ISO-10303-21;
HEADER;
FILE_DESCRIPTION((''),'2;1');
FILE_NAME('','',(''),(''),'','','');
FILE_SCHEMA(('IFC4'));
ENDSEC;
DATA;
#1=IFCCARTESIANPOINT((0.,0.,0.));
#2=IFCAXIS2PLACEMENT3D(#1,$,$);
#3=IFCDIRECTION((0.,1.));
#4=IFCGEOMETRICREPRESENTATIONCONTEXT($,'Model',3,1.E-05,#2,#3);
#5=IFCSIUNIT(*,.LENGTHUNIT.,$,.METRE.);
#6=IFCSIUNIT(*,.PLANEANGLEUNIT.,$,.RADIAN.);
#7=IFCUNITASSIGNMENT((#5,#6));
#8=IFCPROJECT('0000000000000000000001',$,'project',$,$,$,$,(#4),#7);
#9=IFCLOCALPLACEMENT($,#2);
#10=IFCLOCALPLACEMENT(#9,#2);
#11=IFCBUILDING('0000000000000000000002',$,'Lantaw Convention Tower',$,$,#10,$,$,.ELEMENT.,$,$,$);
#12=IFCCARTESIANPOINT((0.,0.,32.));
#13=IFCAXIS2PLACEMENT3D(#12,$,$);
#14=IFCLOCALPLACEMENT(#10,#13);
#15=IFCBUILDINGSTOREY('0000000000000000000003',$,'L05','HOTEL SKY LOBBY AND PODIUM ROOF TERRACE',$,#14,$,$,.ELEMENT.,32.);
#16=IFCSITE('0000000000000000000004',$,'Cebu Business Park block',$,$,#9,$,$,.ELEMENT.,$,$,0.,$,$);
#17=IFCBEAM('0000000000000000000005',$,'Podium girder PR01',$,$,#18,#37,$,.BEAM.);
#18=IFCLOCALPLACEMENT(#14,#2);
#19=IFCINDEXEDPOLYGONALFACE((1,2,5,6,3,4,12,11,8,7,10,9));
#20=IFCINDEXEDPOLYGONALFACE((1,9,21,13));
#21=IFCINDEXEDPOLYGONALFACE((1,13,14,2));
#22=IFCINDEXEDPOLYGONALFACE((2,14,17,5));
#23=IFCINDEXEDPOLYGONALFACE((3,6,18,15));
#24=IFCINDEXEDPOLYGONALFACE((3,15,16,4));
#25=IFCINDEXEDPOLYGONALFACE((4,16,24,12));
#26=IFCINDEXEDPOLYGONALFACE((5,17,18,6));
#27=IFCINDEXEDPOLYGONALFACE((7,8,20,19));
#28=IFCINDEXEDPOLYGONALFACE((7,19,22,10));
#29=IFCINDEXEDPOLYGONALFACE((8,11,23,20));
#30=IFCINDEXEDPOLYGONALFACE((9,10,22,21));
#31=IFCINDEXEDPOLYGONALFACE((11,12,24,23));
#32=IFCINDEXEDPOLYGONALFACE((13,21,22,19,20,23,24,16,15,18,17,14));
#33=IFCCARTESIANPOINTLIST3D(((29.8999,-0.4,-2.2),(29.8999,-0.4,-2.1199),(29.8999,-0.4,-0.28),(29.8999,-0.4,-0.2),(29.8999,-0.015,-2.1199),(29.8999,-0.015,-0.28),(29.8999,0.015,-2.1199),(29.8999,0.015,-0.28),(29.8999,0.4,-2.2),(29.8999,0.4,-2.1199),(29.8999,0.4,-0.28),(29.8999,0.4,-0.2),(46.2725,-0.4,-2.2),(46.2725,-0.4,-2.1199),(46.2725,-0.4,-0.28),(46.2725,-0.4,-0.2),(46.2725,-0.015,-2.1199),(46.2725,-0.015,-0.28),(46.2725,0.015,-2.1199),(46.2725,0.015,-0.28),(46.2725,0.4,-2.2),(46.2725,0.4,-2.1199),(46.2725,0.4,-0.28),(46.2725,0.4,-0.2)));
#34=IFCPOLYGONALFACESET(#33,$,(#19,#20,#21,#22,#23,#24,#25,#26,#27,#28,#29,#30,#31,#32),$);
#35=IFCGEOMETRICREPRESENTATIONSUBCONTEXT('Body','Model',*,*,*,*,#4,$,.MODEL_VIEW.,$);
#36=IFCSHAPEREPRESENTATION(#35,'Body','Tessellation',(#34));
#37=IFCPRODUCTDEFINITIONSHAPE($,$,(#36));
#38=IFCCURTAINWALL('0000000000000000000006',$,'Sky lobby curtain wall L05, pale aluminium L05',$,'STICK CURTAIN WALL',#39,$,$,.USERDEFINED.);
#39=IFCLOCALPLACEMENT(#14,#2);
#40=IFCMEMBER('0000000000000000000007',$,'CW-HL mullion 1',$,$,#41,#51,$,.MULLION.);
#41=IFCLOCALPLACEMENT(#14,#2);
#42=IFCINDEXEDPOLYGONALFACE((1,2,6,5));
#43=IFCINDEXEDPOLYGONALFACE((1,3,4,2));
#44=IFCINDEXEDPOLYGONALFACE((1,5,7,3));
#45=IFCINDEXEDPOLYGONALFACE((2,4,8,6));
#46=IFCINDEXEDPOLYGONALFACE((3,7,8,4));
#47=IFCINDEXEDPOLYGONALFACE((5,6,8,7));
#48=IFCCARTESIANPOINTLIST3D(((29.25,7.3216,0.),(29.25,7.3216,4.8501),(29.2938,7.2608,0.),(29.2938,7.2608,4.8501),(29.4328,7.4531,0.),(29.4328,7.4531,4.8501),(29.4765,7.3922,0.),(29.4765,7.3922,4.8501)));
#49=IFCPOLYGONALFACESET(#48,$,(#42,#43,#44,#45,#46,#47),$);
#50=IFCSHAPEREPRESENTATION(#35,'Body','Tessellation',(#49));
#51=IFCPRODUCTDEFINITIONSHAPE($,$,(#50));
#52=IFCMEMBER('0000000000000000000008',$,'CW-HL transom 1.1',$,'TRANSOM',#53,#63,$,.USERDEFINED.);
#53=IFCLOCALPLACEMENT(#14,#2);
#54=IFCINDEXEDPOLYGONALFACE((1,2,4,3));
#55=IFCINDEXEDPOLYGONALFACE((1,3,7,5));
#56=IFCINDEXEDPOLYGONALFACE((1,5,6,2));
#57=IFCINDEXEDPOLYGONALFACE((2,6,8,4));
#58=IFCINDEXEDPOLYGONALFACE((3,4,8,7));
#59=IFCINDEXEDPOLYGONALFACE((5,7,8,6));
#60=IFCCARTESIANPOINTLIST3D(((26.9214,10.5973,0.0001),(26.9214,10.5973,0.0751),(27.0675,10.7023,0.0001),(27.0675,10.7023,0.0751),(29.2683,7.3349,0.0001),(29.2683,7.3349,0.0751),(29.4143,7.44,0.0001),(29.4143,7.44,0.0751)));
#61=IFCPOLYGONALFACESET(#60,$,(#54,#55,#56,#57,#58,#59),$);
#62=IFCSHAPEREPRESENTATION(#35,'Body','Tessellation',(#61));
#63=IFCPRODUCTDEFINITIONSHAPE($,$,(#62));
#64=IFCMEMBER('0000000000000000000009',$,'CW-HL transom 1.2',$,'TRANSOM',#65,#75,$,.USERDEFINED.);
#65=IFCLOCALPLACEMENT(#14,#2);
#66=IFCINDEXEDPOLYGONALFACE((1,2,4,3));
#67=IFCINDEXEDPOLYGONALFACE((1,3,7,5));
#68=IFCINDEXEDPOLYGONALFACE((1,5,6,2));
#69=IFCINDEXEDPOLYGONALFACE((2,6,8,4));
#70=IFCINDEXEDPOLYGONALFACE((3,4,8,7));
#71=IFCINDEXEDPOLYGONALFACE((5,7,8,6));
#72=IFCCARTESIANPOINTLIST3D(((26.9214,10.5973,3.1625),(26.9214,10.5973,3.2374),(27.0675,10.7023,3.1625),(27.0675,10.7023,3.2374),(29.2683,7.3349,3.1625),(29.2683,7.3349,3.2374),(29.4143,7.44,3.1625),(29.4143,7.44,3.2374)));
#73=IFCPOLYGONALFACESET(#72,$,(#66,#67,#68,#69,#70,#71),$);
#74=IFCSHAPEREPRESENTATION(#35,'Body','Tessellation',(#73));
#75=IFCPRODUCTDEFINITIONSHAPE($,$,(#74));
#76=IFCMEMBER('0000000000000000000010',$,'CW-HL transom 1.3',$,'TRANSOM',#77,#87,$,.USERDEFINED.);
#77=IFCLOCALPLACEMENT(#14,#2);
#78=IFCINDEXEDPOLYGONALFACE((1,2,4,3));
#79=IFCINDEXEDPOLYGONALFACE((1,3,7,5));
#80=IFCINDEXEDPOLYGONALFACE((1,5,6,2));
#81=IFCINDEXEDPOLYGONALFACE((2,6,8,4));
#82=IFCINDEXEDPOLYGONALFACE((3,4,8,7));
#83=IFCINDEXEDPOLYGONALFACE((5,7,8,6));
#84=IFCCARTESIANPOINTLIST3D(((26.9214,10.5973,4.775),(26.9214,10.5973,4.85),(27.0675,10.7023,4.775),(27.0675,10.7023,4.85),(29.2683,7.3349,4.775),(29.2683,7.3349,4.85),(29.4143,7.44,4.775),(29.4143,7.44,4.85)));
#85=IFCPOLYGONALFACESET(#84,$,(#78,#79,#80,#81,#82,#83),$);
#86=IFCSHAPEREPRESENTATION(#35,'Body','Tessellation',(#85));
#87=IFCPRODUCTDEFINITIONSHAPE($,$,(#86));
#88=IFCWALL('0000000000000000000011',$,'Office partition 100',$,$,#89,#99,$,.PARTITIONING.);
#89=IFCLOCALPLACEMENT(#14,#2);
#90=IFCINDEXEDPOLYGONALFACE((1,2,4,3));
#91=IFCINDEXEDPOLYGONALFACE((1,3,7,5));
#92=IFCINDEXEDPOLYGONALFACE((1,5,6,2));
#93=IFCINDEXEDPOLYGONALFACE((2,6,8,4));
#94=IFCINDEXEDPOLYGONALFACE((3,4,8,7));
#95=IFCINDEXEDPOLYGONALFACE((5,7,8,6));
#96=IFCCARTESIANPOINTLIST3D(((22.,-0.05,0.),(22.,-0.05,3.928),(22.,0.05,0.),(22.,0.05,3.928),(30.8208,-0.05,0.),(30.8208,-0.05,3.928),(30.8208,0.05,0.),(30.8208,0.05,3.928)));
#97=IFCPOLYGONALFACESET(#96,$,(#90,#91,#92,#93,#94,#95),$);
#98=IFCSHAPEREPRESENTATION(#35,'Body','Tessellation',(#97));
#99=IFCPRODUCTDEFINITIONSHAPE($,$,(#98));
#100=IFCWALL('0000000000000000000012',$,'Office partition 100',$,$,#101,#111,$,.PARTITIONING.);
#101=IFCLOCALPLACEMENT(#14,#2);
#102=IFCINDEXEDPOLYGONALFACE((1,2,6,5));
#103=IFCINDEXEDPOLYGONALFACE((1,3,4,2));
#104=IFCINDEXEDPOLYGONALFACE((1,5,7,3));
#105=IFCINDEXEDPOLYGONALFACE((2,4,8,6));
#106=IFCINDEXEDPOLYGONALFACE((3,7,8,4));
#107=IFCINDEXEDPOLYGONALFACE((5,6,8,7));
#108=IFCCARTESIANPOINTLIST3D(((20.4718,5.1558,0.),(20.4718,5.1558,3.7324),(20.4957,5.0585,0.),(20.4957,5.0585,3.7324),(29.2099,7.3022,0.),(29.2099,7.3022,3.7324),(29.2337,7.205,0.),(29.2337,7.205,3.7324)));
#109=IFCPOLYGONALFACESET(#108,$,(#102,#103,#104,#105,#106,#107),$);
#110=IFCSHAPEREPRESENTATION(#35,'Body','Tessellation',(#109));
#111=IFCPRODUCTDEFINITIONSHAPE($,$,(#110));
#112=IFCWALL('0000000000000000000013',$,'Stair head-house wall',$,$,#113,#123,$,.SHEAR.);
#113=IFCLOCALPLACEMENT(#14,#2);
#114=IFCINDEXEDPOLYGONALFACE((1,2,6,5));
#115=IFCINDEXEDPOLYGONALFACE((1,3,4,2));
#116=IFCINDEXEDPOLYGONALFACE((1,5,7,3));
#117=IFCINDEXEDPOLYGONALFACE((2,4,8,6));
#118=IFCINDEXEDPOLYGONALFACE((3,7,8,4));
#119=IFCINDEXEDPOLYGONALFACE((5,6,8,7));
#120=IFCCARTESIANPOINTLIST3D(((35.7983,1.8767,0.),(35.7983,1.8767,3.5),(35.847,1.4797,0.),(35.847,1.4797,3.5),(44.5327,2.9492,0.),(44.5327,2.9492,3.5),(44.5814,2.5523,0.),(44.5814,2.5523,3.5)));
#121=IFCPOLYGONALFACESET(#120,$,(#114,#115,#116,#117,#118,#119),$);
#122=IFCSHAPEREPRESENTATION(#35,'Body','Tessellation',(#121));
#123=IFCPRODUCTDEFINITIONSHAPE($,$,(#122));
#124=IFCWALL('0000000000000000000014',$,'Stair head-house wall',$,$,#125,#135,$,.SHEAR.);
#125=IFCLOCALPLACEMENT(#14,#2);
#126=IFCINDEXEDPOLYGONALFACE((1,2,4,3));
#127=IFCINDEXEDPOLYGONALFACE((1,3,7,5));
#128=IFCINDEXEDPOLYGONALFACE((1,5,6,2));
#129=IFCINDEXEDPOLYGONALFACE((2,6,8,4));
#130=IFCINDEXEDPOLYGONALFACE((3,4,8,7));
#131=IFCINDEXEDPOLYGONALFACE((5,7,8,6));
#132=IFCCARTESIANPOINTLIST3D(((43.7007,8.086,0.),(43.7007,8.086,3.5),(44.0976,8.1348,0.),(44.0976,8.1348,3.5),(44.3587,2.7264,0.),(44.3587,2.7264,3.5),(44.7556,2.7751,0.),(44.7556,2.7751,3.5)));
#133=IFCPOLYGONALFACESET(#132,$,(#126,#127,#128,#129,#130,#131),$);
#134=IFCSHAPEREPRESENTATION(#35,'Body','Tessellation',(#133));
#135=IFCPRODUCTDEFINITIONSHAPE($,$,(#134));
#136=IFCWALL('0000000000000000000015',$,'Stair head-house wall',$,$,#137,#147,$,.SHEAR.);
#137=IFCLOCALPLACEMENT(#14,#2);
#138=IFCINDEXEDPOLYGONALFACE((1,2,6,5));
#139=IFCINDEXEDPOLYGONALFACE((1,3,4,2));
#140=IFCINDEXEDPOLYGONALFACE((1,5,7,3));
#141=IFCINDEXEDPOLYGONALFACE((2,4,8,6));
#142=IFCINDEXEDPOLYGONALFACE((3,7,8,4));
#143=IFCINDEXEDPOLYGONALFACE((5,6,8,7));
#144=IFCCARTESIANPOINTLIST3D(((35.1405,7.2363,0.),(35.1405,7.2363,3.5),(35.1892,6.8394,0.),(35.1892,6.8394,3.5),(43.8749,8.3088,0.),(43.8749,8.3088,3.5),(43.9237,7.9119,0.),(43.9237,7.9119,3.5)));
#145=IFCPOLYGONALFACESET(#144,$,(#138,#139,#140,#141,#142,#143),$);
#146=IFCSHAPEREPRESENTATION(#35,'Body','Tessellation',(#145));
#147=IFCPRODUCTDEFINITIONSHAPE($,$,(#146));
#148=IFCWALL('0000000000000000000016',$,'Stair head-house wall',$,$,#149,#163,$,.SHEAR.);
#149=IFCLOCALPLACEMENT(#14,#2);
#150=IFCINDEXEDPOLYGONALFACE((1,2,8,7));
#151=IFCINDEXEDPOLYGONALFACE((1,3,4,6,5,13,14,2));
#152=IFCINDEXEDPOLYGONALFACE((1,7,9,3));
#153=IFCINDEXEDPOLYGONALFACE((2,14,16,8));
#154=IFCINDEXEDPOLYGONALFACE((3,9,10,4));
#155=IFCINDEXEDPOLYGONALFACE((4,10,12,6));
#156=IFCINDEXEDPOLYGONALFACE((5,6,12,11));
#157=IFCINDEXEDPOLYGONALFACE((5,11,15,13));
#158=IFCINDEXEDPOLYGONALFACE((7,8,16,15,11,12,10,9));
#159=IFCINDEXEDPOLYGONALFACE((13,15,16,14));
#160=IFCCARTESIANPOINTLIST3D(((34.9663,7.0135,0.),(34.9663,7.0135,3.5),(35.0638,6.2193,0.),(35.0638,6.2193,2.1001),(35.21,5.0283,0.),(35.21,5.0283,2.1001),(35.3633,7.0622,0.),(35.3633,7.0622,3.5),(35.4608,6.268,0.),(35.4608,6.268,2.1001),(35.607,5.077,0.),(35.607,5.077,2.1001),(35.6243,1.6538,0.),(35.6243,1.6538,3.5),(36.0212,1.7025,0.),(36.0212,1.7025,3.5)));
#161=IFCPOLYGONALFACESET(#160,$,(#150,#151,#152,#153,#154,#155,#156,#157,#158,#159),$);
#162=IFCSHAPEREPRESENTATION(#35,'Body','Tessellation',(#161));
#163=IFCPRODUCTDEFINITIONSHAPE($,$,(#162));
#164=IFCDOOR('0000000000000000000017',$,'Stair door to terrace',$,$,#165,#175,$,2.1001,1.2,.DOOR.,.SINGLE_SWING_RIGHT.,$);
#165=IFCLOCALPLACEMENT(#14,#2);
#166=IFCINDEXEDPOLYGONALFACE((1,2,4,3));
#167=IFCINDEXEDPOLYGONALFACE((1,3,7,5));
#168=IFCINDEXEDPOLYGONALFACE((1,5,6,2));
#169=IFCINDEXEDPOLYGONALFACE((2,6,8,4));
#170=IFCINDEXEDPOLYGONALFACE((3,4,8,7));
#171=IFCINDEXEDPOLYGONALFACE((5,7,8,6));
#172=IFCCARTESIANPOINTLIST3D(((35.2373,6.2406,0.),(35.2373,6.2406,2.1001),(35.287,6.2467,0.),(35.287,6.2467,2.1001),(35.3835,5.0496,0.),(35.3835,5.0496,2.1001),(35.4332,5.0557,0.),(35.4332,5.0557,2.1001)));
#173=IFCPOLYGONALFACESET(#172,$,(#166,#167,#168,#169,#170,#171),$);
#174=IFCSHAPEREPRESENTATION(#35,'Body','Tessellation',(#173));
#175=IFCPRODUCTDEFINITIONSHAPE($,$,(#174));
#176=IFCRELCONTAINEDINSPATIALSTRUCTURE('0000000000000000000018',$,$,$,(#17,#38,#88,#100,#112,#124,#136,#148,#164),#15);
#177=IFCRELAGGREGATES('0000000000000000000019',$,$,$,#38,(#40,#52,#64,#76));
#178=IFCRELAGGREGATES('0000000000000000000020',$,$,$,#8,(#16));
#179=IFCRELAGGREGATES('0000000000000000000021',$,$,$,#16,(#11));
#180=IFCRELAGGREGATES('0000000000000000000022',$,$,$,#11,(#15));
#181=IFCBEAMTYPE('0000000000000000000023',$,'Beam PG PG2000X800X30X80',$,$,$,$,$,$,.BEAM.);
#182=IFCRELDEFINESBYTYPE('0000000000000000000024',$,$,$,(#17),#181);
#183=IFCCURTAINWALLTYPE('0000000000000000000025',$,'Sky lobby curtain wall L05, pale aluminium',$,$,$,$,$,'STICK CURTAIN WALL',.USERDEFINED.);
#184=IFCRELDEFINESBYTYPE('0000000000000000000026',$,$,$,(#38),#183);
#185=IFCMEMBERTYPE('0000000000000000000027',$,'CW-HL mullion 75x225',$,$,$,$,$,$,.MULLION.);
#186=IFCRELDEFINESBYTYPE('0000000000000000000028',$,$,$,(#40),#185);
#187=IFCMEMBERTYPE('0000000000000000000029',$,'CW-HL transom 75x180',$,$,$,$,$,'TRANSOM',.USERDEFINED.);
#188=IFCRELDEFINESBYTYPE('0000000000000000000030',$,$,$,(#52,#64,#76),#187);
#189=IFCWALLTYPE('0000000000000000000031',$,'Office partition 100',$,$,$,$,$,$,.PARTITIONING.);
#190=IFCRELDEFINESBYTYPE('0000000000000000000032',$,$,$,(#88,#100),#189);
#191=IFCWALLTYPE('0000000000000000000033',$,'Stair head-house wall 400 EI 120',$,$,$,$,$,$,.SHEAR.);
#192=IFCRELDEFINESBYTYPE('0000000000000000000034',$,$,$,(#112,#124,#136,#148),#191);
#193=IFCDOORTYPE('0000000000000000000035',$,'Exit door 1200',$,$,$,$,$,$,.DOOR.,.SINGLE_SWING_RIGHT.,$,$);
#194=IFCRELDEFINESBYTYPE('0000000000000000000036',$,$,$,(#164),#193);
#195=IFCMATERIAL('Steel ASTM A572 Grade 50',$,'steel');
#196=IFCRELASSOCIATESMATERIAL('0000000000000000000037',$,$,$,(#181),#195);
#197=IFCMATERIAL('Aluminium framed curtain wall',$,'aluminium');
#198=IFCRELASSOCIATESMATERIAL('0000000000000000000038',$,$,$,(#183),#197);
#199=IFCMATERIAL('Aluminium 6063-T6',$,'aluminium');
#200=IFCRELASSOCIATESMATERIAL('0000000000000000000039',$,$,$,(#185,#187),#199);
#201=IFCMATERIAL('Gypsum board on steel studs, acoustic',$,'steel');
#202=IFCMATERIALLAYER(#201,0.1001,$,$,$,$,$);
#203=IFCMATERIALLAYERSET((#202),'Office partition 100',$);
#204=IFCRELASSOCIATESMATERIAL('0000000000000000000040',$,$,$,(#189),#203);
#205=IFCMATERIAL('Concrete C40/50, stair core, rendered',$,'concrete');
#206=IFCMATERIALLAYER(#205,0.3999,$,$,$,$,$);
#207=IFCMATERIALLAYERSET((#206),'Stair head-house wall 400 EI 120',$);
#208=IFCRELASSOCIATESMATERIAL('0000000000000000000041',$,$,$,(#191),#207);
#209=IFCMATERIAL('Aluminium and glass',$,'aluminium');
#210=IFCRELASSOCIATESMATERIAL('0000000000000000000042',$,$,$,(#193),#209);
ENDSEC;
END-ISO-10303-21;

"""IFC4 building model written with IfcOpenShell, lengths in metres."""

from ifc_helpers import new_model, si_unit, direction, frame, frame_2d, origin, origin_2d, place, context, subcontext, project, spatial, rectangle, i_section, extrude, material, layer, layer_set, material_profile, profile_set, type_object, element, fill, aggregate, save


model = new_model("IFC4")

# Units and contexts
model_context = context("Model", 3, precision=1e-05, world=origin(), true_north=direction((0.0, 1.0)))
body_context = subcontext(model_context, "Body", "Model", "MODEL_VIEW")
ifc_project = project(units=[si_unit("LENGTHUNIT", "METRE"), si_unit("PLANEANGLEUNIT", "RADIAN")], contexts=[model_context])

# Site, building, storey
site_placement = place(None, origin())
site = spatial("IfcSite", under=ifc_project, at=site_placement, Name="Cebu Business Park block", CompositionType="ELEMENT", RefElevation=0.0)
building_placement = place(site_placement, origin())
building = spatial("IfcBuilding", under=site, at=building_placement, Name="Lantaw Convention Tower", CompositionType="ELEMENT")
storey_placement = place(building_placement, frame((0.0, 0.0, 32.0)))
storey = spatial("IfcBuildingStorey", under=building, at=storey_placement, Name="L05", Description="HOTEL SKY LOBBY AND PODIUM ROOF TERRACE", CompositionType="ELEMENT", Elevation=32.0)

# Beam
ifc_material_1 = material(Name="Steel ASTM A572 Grade 50", Category="steel")
ifc_material_profile_1 = material_profile(ifc_material_1, i_section(OverallWidth=0.8, OverallDepth=2.0, WebThickness=0.03, FlangeThickness=0.0801, at=origin_2d()), Name="PG2000X800X30X80")
ifc_profile_set_1 = profile_set([ifc_material_profile_1], Name="Steel ASTM A572 Grade 50")
beam_type_1 = type_object("IfcBeamType", Name="Beam PG PG2000X800X30X80", PredefinedType="BEAM", material=ifc_profile_set_1)
beam_1_placement = place(storey_placement, frame((29.8999, 0.0, -1.2), z_axis=(1.0, 0.0, 0.0), x_axis=(0.0, 1.0, 0.0)))
element("IfcBeam", 1, at=beam_1_placement, inside=storey, type_object=beam_type_1, Name="Podium girder PR01", PredefinedType="BEAM", context=body_context, shape_type="SweptSolid", body=[
    extrude(i_section(OverallWidth=0.8, OverallDepth=2.0, WebThickness=0.03, FlangeThickness=0.0801, at=origin_2d()), origin(), (0.0, 0.0, 1.0), 16.3726),
])

# Curtain wall, members
ifc_material_2 = material(Name="Aluminium framed curtain wall", Category="aluminium")
curtain_wall_type = type_object("IfcCurtainWallType", Name="Sky lobby curtain wall L05, pale aluminium", ElementType="STICK CURTAIN WALL", PredefinedType="USERDEFINED", material=ifc_material_2)
curtain_wall_placement = place(storey_placement, origin())
curtain_wall = element("IfcCurtainWall", 2, at=curtain_wall_placement, inside=storey, type_object=curtain_wall_type, Name="Sky lobby curtain wall L05, pale aluminium L05", ObjectType="STICK CURTAIN WALL", PredefinedType="USERDEFINED")
ifc_material_3 = material(Name="Aluminium 6063-T6", Category="aluminium")
ifc_material_profile_2 = material_profile(ifc_material_3, rectangle(XDim=0.2251, YDim=0.075, at=origin_2d()), Name="CW-HL mullion 75x225")
ifc_profile_set_2 = profile_set([ifc_material_profile_2], Name="Aluminium 6063-T6")
member_type_1 = type_object("IfcMemberType", Name="CW-HL mullion 75x225", PredefinedType="MULLION", material=ifc_profile_set_2)
member_1_placement = place(storey_placement, frame((29.3633, 7.3569, 0.0), z_axis=(0.0, 0.0, 1.0), x_axis=(-0.811789, -0.583951, 0.0)))
member_1 = element("IfcMember", 3, at=member_1_placement, type_object=member_type_1, Name="CW-HL mullion 1", PredefinedType="MULLION", context=body_context, shape_type="SweptSolid", body=[
    extrude(rectangle(XDim=0.2251, YDim=0.075, at=origin_2d()), origin(), (0.0, 0.0, 1.0), 4.8501),
])
ifc_material_profile_3 = material_profile(ifc_material_3, rectangle(XDim=0.1799, YDim=0.075, at=origin_2d()), Name="CW-HL transom 75x180")
ifc_profile_set_3 = profile_set([ifc_material_profile_3], Name="Aluminium 6063-T6")
member_type_2 = type_object("IfcMemberType", Name="CW-HL transom 75x180", ElementType="TRANSOM", PredefinedType="USERDEFINED", material=ifc_profile_set_3)
member_2_placement = place(storey_placement, frame((29.3413, 7.3875, 0.0376), z_axis=(-0.58397, 0.811775, 0.0), x_axis=(-0.811775, -0.58397, 0.0)))
member_2 = element("IfcMember", 4, at=member_2_placement, type_object=member_type_2, Name="CW-HL transom 1.1", ObjectType="TRANSOM", PredefinedType="USERDEFINED", context=body_context, shape_type="SweptSolid", body=[
    extrude(rectangle(XDim=0.1799, YDim=0.075, at=origin_2d()), origin(), (0.0, 0.0, 1.0), 4.0188),
])
member_3_placement = place(storey_placement, frame((29.3413, 7.3875, 3.2), z_axis=(-0.58397, 0.811775, 0.0), x_axis=(-0.811775, -0.58397, 0.0)))
member_3 = element("IfcMember", 5, at=member_3_placement, type_object=member_type_2, Name="CW-HL transom 1.2", ObjectType="TRANSOM", PredefinedType="USERDEFINED", context=body_context, shape_type="SweptSolid", body=[
    extrude(rectangle(XDim=0.1799, YDim=0.075, at=origin_2d()), origin(), (0.0, 0.0, 1.0), 4.0188),
])
member_4_placement = place(storey_placement, frame((29.3413, 7.3875, 4.8125), z_axis=(-0.58397, 0.811775, 0.0), x_axis=(-0.811775, -0.58397, 0.0)))
member_4 = element("IfcMember", 6, at=member_4_placement, type_object=member_type_2, Name="CW-HL transom 1.3", ObjectType="TRANSOM", PredefinedType="USERDEFINED", context=body_context, shape_type="SweptSolid", body=[
    extrude(rectangle(XDim=0.1799, YDim=0.075, at=origin_2d()), origin(), (0.0, 0.0, 1.0), 4.0188),
])
aggregate(curtain_wall, [member_1, member_2, member_3, member_4])

# Walls
ifc_material_4 = material(Name="Gypsum board on steel studs, acoustic", Category="steel")
ifc_layer_1 = layer(ifc_material_4, 0.1001)
ifc_layer_set_1 = layer_set([ifc_layer_1], Name="Office partition 100")
wall_type_1 = type_object("IfcWallType", Name="Office partition 100", PredefinedType="PARTITIONING", material=ifc_layer_set_1)
wall_1_placement = place(storey_placement, frame((30.8208, 0.0, 0.0), z_axis=(0.0, 0.0, 1.0), x_axis=(-1.0, 0.0, 0.0)))
element("IfcWall", 7, at=wall_1_placement, inside=storey, type_object=wall_type_1, Name="Office partition 100", PredefinedType="PARTITIONING", context=body_context, shape_type="SweptSolid", body=[
    extrude(rectangle(XDim=8.8208, YDim=0.1001, at=frame_2d((4.4104, 0.0))), origin(), (0.0, 0.0, 1.0), 3.928),
])
wall_2_placement = place(storey_placement, frame((29.2219, 7.2537, 0.0), z_axis=(0.0, 0.0, 1.0), x_axis=(-0.971129, -0.238556, 0.0)))
element("IfcWall", 8, at=wall_2_placement, inside=storey, type_object=wall_type_1, Name="Office partition 100", PredefinedType="PARTITIONING", context=body_context, shape_type="SweptSolid", body=[
    extrude(rectangle(XDim=8.9978, YDim=0.1001, at=frame_2d((4.499, 0.0))), origin(), (0.0, 0.0, 1.0), 3.7324),
])
ifc_material_5 = material(Name="Concrete C40/50, stair core, rendered", Category="concrete")
ifc_layer_2 = layer(ifc_material_5, 0.3999)
ifc_layer_set_2 = layer_set([ifc_layer_2], Name="Stair head-house wall 400 EI 120")
wall_type_2 = type_object("IfcWallType", Name="Stair head-house wall 400 EI 120", PredefinedType="SHEAR", material=ifc_layer_set_2)
wall_3_placement = place(storey_placement, frame((35.8228, 1.6782, 0.0), z_axis=(0.0, 0.0, 1.0), x_axis=(0.992545, 0.121876, 0.0)))
element("IfcWall", 9, at=wall_3_placement, inside=storey, type_object=wall_type_2, Name="Stair head-house wall", PredefinedType="SHEAR", context=body_context, shape_type="SweptSolid", body=[
    extrude(rectangle(XDim=8.8, YDim=0.3999, at=frame_2d((4.3999, 0.0))), origin(), (0.0, 0.0, 1.0), 3.5),
])
wall_4_placement = place(storey_placement, frame((44.5571, 2.7507, 0.0), z_axis=(0.0, 0.0, 1.0), x_axis=(-0.121848, 0.992549, 0.0)))
element("IfcWall", 10, at=wall_4_placement, inside=storey, type_object=wall_type_2, Name="Stair head-house wall", PredefinedType="SHEAR", context=body_context, shape_type="SweptSolid", body=[
    extrude(rectangle(XDim=5.3999, YDim=0.3999, at=frame_2d((2.7, 0.0))), origin(), (0.0, 0.0, 1.0), 3.5),
])
wall_5_placement = place(storey_placement, frame((43.8992, 8.1104, 0.0), z_axis=(0.0, 0.0, 1.0), x_axis=(-0.992545, -0.121876, 0.0)))
element("IfcWall", 11, at=wall_5_placement, inside=storey, type_object=wall_type_2, Name="Stair head-house wall", PredefinedType="SHEAR", context=body_context, shape_type="SweptSolid", body=[
    extrude(rectangle(XDim=8.8, YDim=0.3999, at=frame_2d((4.3999, 0.0))), origin(), (0.0, 0.0, 1.0), 3.5),
])

# Wall, opening, door
wall_6_placement = place(storey_placement, frame((35.1648, 7.0378, 0.0), z_axis=(0.0, 0.0, 1.0), x_axis=(0.121848, -0.992549, 0.0)))
wall_6 = element("IfcWall", 12, at=wall_6_placement, inside=storey, type_object=wall_type_2, Name="Stair head-house wall", PredefinedType="SHEAR", context=body_context, shape_type="SweptSolid", body=[
    extrude(rectangle(XDim=5.3999, YDim=0.3999, at=frame_2d((2.7, 0.0))), origin(), (0.0, 0.0, 1.0), 3.5),
])
opening_placement = place(wall_6_placement, frame((0.8, 0.0, 0.0)))
opening = element("IfcOpeningElement", 13, at=opening_placement, cuts=wall_6, PredefinedType="OPENING", context=body_context, shape_type="SweptSolid", body=[
    extrude(rectangle(XDim=1.2, YDim=2.1001, at=frame_2d((0.6001, 1.05))), frame((0.0, 0.21, 0.0), z_axis=(0.0, -1.0, 0.0), x_axis=(1.0, 0.0, 0.0)), (0.0, 0.0, 1.0), 0.4199),
])
ifc_material_6 = material(Name="Aluminium and glass", Category="aluminium")
door_type = type_object("IfcDoorType", Name="Exit door 1200", OperationType="SINGLE_SWING_RIGHT", PredefinedType="DOOR", material=ifc_material_6)
door_placement = place(opening_placement, origin())
door = element("IfcDoor", 14, at=door_placement, inside=storey, type_object=door_type, Name="Stair door to terrace", OperationType="SINGLE_SWING_RIGHT", OverallHeight=2.1001, OverallWidth=1.2, PredefinedType="DOOR", context=body_context, shape_type="SweptSolid", body=[
    extrude(rectangle(XDim=1.2, YDim=2.1001, at=frame_2d((0.6001, 1.05))), frame((0.0, 0.0249, 0.0), z_axis=(0.0, -1.0, 0.0), x_axis=(1.0, 0.0, 0.0)), (0.0, 0.0, 1.0), 0.05),
])
fill(opening, door)

save(model, "model.ifc")
